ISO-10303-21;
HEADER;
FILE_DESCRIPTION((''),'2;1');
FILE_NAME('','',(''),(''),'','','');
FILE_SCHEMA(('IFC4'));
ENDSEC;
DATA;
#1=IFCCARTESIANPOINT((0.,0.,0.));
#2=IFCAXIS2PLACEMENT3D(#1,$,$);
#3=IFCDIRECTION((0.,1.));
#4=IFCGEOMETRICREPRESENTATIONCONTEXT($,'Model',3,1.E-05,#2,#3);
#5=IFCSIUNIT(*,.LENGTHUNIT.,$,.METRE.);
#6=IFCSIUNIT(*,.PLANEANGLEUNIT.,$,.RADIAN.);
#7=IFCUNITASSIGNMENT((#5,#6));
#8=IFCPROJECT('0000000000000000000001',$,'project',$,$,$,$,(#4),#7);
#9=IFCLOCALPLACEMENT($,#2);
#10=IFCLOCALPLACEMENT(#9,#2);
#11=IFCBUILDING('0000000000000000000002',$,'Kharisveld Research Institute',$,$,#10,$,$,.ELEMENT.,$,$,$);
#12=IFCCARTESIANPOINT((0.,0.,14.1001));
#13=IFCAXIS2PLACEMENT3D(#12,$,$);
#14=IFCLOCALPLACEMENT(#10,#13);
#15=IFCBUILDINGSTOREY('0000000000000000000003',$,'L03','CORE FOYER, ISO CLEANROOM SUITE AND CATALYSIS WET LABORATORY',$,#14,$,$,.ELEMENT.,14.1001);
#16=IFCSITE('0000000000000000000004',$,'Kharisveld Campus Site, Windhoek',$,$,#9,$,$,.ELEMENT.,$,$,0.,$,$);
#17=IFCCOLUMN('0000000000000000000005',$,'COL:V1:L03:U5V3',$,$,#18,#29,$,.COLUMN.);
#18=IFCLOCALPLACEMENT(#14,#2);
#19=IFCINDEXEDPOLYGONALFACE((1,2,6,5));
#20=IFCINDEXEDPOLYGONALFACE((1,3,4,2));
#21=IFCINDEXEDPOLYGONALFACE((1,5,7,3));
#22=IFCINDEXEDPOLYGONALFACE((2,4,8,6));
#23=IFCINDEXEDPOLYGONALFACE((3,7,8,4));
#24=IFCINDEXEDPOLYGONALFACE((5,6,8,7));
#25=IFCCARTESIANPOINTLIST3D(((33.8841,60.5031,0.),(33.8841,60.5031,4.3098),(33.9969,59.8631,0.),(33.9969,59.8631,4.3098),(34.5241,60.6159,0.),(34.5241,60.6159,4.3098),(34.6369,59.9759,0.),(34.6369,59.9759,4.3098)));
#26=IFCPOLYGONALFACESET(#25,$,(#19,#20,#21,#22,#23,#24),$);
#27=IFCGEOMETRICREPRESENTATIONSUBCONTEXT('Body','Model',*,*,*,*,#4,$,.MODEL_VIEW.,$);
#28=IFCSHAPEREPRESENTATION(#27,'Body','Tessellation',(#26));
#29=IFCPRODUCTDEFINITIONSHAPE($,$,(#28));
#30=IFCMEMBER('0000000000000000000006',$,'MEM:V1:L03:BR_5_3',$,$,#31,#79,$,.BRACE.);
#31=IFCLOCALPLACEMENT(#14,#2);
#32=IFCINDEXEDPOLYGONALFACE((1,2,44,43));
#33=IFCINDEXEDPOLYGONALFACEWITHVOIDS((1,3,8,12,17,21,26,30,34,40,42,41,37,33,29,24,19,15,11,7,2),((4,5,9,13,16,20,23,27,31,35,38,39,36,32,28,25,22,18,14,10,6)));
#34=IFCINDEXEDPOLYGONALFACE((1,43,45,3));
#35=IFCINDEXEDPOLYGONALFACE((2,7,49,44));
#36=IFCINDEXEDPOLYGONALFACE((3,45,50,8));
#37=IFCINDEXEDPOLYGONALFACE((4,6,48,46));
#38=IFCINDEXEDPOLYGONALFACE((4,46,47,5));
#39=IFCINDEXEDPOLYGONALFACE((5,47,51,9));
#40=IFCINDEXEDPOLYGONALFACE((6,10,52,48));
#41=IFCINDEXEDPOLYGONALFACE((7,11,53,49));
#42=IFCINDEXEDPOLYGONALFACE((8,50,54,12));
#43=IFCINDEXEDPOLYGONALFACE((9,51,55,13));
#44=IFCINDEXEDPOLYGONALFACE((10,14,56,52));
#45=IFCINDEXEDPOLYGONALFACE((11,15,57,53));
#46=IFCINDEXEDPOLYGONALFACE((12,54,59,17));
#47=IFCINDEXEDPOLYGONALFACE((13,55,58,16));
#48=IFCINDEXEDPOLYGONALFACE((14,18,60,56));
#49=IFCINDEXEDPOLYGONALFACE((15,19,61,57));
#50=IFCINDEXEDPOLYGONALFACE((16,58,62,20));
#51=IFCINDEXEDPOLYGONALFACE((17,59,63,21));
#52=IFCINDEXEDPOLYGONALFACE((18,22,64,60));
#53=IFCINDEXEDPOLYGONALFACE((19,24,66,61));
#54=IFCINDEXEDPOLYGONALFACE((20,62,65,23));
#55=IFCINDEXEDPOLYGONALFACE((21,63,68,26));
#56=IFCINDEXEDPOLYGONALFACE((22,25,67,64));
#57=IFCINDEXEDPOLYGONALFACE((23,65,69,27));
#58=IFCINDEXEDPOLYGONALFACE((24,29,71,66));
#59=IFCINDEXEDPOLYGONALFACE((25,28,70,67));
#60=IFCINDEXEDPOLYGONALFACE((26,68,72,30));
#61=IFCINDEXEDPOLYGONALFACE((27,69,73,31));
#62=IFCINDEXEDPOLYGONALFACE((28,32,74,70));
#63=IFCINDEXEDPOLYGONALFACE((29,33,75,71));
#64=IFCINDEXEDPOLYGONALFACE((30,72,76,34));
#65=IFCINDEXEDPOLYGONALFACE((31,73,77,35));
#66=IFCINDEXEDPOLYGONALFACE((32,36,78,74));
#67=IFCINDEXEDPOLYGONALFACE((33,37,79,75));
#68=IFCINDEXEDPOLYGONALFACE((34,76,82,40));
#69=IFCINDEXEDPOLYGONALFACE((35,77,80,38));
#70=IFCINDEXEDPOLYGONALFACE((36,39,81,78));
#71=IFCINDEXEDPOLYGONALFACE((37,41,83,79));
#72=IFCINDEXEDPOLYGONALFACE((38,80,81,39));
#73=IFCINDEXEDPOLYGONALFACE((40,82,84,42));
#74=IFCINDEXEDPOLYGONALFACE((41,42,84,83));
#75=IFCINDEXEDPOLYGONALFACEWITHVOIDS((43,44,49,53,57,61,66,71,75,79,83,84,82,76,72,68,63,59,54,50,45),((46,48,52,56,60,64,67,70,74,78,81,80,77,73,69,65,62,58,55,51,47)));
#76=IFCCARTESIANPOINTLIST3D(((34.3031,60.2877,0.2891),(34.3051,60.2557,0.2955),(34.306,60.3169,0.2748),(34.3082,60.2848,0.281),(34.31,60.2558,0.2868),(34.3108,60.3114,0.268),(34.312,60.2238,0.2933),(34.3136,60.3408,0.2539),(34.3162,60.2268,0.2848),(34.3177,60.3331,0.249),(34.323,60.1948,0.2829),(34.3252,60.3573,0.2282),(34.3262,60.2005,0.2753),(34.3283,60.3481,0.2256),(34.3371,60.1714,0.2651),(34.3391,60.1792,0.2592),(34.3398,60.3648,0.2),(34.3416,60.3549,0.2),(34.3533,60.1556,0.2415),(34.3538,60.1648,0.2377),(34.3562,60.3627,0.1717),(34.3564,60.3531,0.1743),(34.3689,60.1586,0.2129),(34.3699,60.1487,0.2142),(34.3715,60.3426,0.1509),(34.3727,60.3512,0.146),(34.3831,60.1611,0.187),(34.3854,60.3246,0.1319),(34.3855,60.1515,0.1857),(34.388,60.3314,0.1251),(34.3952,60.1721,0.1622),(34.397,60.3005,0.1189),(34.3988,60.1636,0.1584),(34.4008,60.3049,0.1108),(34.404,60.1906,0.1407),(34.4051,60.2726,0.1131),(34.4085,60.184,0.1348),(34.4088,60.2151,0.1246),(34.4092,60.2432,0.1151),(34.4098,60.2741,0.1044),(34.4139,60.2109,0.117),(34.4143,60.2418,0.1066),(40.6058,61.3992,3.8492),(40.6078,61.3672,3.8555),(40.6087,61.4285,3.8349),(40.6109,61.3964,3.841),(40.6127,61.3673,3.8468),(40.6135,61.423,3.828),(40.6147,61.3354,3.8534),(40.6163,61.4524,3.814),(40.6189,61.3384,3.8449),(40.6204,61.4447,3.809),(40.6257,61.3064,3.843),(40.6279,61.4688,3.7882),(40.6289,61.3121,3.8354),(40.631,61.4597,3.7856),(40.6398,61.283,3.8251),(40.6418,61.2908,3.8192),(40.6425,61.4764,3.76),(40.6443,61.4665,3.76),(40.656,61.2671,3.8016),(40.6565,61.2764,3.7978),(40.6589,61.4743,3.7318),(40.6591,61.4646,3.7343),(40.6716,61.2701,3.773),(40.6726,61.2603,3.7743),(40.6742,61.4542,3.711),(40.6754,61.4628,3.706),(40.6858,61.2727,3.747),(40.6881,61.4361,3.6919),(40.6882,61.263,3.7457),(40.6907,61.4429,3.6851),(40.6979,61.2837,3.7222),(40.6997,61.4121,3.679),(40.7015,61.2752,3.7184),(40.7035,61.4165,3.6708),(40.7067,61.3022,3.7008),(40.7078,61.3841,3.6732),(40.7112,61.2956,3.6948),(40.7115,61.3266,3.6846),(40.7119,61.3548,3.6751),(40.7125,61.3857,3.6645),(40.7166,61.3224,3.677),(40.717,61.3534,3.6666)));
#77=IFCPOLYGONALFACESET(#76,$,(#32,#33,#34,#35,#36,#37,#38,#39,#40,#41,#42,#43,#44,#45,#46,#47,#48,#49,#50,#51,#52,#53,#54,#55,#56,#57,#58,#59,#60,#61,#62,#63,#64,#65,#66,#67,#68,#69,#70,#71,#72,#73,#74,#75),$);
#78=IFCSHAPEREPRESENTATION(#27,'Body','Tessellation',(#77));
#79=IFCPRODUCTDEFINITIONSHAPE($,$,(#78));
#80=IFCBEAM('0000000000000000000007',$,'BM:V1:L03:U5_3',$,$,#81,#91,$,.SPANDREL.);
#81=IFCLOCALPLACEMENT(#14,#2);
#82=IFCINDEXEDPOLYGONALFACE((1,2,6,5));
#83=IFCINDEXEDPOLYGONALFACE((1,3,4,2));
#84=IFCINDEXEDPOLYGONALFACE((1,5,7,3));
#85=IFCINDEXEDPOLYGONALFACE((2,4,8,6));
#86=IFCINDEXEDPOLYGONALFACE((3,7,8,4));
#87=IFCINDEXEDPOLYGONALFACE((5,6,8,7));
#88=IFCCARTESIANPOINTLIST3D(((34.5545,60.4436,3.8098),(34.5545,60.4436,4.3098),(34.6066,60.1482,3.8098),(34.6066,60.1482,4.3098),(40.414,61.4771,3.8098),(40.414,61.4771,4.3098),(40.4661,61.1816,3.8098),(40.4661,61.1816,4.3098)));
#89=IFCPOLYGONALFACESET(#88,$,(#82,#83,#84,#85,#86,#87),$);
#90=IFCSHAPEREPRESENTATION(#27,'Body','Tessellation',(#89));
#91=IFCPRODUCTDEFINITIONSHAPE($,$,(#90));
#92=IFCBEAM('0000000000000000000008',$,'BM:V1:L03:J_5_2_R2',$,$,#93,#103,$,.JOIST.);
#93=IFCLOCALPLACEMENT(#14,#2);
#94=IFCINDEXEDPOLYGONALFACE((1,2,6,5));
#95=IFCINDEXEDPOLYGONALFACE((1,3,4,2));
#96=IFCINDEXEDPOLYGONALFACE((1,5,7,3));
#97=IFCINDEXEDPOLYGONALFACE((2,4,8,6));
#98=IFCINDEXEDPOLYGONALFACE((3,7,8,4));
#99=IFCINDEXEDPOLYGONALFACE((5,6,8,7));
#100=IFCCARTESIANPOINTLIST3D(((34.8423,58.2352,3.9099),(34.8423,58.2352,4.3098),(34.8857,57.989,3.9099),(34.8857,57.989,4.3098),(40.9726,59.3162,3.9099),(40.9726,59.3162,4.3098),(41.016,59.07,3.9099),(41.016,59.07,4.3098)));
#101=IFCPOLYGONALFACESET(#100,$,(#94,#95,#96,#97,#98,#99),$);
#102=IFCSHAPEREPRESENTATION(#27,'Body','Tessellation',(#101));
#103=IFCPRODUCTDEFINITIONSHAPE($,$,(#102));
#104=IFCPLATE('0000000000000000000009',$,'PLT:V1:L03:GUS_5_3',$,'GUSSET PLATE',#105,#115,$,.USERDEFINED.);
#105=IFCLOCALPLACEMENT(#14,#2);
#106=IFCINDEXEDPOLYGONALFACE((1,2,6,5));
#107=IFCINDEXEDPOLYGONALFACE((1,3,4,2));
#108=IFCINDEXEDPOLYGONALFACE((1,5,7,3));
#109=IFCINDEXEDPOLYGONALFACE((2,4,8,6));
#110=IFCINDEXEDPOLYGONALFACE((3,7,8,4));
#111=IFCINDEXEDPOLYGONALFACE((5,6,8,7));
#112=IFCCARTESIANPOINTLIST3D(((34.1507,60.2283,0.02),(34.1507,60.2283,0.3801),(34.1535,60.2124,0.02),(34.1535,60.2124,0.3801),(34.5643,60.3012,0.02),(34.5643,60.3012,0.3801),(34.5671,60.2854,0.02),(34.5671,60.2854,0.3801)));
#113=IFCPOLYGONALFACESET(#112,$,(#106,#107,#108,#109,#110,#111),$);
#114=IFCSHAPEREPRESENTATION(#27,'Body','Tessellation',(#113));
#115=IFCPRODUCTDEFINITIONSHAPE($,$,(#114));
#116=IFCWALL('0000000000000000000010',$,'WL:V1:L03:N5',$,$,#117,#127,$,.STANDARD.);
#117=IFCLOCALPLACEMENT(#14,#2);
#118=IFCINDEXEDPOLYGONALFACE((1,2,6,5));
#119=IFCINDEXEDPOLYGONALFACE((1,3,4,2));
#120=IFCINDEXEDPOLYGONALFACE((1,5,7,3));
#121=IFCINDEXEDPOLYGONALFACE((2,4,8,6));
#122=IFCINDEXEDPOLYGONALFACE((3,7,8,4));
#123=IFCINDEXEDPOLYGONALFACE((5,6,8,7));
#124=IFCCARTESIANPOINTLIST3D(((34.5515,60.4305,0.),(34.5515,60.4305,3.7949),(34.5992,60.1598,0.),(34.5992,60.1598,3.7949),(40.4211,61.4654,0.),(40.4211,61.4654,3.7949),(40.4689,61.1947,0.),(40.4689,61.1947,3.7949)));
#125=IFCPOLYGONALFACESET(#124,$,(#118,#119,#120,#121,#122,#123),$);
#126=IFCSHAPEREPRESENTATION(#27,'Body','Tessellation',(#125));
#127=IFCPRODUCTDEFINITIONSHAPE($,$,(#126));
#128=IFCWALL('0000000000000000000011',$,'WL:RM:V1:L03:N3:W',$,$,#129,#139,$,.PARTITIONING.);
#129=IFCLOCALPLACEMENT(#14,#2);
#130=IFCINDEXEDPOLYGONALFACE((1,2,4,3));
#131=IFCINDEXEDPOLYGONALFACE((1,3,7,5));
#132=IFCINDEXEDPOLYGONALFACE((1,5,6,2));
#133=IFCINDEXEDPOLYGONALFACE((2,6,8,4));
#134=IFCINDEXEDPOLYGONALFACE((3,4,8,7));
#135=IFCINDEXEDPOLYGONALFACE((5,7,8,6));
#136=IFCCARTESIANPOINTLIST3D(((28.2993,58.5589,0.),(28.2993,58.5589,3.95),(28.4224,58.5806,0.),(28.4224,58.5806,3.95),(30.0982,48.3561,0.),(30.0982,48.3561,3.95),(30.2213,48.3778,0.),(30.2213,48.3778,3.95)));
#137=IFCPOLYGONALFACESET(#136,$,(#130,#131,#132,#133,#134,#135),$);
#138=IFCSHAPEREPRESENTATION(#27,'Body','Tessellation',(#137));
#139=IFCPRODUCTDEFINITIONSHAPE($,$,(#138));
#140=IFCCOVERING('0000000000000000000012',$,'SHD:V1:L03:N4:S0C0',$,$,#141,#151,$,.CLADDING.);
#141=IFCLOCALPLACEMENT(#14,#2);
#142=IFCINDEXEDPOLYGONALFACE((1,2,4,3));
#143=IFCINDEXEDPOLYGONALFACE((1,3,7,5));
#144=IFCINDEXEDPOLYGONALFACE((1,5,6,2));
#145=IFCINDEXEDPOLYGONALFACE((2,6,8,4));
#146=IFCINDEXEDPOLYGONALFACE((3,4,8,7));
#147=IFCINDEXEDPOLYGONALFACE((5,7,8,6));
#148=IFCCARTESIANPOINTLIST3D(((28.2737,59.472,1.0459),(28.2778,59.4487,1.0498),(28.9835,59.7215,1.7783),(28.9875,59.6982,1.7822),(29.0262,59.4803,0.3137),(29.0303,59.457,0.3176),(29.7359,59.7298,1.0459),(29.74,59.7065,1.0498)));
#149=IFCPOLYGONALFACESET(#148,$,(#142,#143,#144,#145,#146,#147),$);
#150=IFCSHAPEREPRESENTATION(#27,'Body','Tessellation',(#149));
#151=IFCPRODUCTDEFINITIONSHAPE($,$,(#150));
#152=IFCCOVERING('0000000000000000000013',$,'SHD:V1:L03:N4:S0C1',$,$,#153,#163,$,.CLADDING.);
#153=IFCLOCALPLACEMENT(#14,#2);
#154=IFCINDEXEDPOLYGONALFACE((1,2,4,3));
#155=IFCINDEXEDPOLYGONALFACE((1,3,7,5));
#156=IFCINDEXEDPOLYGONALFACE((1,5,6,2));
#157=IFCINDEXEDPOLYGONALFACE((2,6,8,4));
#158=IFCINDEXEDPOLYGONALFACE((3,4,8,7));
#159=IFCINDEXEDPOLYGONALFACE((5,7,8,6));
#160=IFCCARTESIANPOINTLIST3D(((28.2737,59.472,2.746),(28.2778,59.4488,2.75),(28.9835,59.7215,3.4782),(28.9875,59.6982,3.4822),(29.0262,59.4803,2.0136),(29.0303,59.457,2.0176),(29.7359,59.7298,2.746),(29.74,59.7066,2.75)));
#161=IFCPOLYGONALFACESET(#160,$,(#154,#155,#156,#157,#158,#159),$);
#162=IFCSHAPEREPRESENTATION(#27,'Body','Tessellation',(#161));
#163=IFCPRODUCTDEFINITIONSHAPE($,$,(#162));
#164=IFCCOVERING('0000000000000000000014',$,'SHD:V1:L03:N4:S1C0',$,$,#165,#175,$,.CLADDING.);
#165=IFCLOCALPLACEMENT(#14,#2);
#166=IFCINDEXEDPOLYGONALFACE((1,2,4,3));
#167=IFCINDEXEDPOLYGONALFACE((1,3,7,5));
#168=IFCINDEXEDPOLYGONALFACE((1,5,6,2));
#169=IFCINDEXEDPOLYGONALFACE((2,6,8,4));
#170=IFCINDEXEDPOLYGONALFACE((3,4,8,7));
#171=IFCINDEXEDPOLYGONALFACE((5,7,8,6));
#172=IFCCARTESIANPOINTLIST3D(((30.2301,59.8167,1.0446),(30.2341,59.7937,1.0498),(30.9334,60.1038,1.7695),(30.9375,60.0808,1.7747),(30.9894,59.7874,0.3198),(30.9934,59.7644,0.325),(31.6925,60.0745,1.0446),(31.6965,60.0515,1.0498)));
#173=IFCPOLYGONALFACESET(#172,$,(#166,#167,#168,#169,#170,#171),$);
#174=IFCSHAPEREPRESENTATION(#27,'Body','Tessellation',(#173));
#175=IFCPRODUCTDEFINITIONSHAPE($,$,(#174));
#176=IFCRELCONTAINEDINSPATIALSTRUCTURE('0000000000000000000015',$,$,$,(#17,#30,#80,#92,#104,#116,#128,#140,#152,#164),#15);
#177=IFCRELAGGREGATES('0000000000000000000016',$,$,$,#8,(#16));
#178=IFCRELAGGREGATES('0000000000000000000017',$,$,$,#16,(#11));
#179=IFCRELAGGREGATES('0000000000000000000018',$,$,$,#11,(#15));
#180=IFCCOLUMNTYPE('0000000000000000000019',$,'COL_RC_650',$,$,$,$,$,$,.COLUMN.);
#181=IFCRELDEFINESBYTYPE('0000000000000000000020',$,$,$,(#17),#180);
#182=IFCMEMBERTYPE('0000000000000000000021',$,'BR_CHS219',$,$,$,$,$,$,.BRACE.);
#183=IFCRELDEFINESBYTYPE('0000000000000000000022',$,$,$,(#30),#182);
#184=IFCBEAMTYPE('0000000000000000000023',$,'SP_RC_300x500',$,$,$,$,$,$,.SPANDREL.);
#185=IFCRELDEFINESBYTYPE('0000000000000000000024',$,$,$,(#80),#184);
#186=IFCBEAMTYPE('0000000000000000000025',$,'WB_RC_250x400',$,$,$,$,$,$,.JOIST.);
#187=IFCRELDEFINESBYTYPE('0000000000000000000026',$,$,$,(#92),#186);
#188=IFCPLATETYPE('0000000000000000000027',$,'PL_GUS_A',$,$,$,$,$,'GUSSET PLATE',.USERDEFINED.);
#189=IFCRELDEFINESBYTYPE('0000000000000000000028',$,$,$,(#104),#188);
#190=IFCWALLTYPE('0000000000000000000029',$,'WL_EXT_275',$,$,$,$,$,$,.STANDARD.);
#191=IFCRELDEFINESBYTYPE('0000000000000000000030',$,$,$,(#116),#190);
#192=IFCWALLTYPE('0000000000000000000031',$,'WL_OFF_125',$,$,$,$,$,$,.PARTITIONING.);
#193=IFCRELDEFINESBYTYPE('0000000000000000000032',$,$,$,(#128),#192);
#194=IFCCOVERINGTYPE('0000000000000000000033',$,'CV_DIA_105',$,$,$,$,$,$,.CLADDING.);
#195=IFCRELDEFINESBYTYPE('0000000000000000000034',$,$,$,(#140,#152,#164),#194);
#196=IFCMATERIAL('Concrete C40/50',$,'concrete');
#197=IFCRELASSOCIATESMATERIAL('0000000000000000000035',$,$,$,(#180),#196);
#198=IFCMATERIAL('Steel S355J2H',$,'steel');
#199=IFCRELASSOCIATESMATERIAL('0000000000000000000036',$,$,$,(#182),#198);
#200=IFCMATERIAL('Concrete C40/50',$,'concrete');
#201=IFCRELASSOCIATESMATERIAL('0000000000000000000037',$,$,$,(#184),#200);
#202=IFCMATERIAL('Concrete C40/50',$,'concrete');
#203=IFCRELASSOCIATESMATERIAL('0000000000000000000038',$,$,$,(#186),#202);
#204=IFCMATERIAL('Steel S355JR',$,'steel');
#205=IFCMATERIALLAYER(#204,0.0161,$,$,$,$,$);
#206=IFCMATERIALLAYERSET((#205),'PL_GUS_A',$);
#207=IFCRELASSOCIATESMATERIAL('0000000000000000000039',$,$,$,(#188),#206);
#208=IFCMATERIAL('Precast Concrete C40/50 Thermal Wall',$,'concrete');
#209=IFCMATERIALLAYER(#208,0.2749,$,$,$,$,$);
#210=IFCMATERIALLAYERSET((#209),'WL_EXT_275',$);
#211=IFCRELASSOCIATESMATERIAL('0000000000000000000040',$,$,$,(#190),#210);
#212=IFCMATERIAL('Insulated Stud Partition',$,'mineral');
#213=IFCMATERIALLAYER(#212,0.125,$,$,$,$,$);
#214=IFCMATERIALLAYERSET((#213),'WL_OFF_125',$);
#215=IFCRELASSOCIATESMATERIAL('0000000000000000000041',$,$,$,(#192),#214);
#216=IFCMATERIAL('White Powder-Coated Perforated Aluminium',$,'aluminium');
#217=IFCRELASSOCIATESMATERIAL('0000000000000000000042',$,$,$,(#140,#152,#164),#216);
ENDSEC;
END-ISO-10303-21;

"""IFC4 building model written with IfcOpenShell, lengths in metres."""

from ifc_helpers import new_model, si_unit, direction, frame, frame_2d, origin, origin_2d, place, context, subcontext, project, spatial, polyline, rectangle, hollow_circle, outline, extrude, material, layer, layer_set, material_profile, profile_set, type_object, element, save


model = new_model("IFC4")

# Units and contexts
model_context = context("Model", 3, precision=1e-05, world=origin(), true_north=direction((0.0, 1.0)))
body_context = subcontext(model_context, "Body", "Model", "MODEL_VIEW")
ifc_project = project(units=[si_unit("LENGTHUNIT", "METRE"), si_unit("PLANEANGLEUNIT", "RADIAN")], contexts=[model_context])

# Site, building, storey
site_placement = place(None, origin())
site = spatial("IfcSite", under=ifc_project, at=site_placement, Name="Kharisveld Campus Site, Windhoek", CompositionType="ELEMENT", RefElevation=0.0)
building_placement = place(site_placement, origin())
building = spatial("IfcBuilding", under=site, at=building_placement, Name="Kharisveld Research Institute", CompositionType="ELEMENT")
storey_placement = place(building_placement, frame((0.0, 0.0, 14.1001)))
storey = spatial("IfcBuildingStorey", under=building, at=storey_placement, Name="L03", Description="CORE FOYER, ISO CLEANROOM SUITE AND CATALYSIS WET LABORATORY", CompositionType="ELEMENT", Elevation=14.1001)

# Column
ifc_material_1 = material(Name="Concrete C40/50", Category="concrete")
ifc_material_profile_1 = material_profile(ifc_material_1, rectangle(XDim=0.6499, YDim=0.6499, at=origin_2d()))
ifc_profile_set_1 = profile_set([ifc_material_profile_1], Name="Concrete C40/50")
column_type = type_object("IfcColumnType", Name="COL_RC_650", PredefinedType="COLUMN", material=ifc_profile_set_1)
column_placement = place(storey_placement, frame((34.2605, 60.2395, 0.0), z_axis=(0.0, 0.0, 1.0), x_axis=(0.984808, 0.173648, 0.0)))
element("IfcColumn", 1, at=column_placement, inside=storey, type_object=column_type, Name="COL:V1:L03:U5V3", PredefinedType="COLUMN", context=body_context, shape_type="SweptSolid", body=[
    extrude(rectangle(XDim=0.6499, YDim=0.6499, at=origin_2d()), origin(), (0.0, 0.0, 1.0), 4.3098),
])

# Member
ifc_material_2 = material(Name="Steel S355J2H", Category="steel")
ifc_material_profile_2 = material_profile(ifc_material_2, hollow_circle(Radius=0.1096, WallThickness=0.01, at=origin_2d()))
ifc_profile_set_2 = profile_set([ifc_material_profile_2], Name="Steel S355J2H")
member_type = type_object("IfcMemberType", Name="BR_CHS219", PredefinedType="BRACE", material=ifc_profile_set_2)
member_placement = place(storey_placement, frame((34.3589, 60.2568, 0.2), z_axis=(0.860614, 0.151781, 0.486112), x_axis=(-0.173683, 0.984802, 0.0)))
element("IfcMember", 2, at=member_placement, inside=storey, type_object=member_type, Name="MEM:V1:L03:BR_5_3", PredefinedType="BRACE", context=body_context, shape_type="SweptSolid", body=[
    extrude(hollow_circle(Radius=0.1096, WallThickness=0.01, at=origin_2d()), origin(), (0.0, 0.0, 1.0), 7.3235),
])

# Beams
ifc_material_3 = material(Name="Concrete C40/50", Category="concrete")
ifc_material_profile_3 = material_profile(ifc_material_3, rectangle(XDim=0.3, YDim=0.5, at=origin_2d()))
ifc_profile_set_3 = profile_set([ifc_material_profile_3], Name="Concrete C40/50")
beam_type_1 = type_object("IfcBeamType", Name="SP_RC_300x500", PredefinedType="SPANDREL", material=ifc_profile_set_3)
beam_1_placement = place(storey_placement, frame((34.5806, 60.2959, 4.0598), z_axis=(0.984801, 0.173687, 0.0), x_axis=(-0.173687, 0.984801, 0.0)))
element("IfcBeam", 3, at=beam_1_placement, inside=storey, type_object=beam_type_1, Name="BM:V1:L03:U5_3", PredefinedType="SPANDREL", context=body_context, shape_type="SweptSolid", body=[
    extrude(rectangle(XDim=0.3, YDim=0.5, at=origin_2d()), origin(), (0.0, 0.0, 1.0), 5.95),
])
ifc_material_4 = material(Name="Concrete C40/50", Category="concrete")
ifc_material_profile_4 = material_profile(ifc_material_4, rectangle(XDim=0.25, YDim=0.3999, at=origin_2d()))
ifc_profile_set_4 = profile_set([ifc_material_profile_4], Name="Concrete C40/50")
beam_type_2 = type_object("IfcBeamType", Name="WB_RC_250x400", PredefinedType="JOIST", material=ifc_profile_set_4)
beam_2_placement = place(storey_placement, frame((34.864, 58.1121, 4.1099), z_axis=(0.984805, 0.173665, 0.0), x_axis=(-0.173665, 0.984805, 0.0)))
element("IfcBeam", 4, at=beam_2_placement, inside=storey, type_object=beam_type_2, Name="BM:V1:L03:J_5_2_R2", PredefinedType="JOIST", context=body_context, shape_type="SweptSolid", body=[
    extrude(rectangle(XDim=0.25, YDim=0.3999, at=origin_2d()), origin(), (0.0, 0.0, 1.0), 6.2249),
])

# Plate
ifc_material_5 = material(Name="Steel S355JR", Category="steel")
ifc_layer_1 = layer(ifc_material_5, 0.0161)
ifc_layer_set_1 = layer_set([ifc_layer_1], Name="PL_GUS_A")
plate_type = type_object("IfcPlateType", Name="PL_GUS_A", ElementType="GUSSET PLATE", PredefinedType="USERDEFINED", material=ifc_layer_set_1)
plate_placement = place(storey_placement, frame((34.3589, 60.2568, 0.02), z_axis=(0.0, 0.0, 1.0), x_axis=(0.984808, 0.173648, 0.0)))
element("IfcPlate", 5, at=plate_placement, inside=storey, type_object=plate_type, Name="PLT:V1:L03:GUS_5_3", ObjectType="GUSSET PLATE", PredefinedType="USERDEFINED", context=body_context, shape_type="SweptSolid", body=[
    extrude(rectangle(XDim=0.4199, YDim=0.0161, at=origin_2d()), origin(), (0.0, 0.0, 1.0), 0.3601),
])

# Walls
ifc_material_6 = material(Name="Precast Concrete C40/50 Thermal Wall", Category="concrete")
ifc_layer_2 = layer(ifc_material_6, 0.2749)
ifc_layer_set_2 = layer_set([ifc_layer_2], Name="WL_EXT_275")
wall_type_1 = type_object("IfcWallType", Name="WL_EXT_275", PredefinedType="STANDARD", material=ifc_layer_set_2)
wall_1_placement = place(storey_placement, frame((34.5754, 60.2952, 0.0), z_axis=(0.0, 0.0, 1.0), x_axis=(0.98481, 0.173638, 0.0)))
element("IfcWall", 6, at=wall_1_placement, inside=storey, type_object=wall_type_1, Name="WL:V1:L03:N5", PredefinedType="STANDARD", context=body_context, shape_type="SweptSolid", body=[
    extrude(rectangle(XDim=5.9602, YDim=0.2749, at=frame_2d((2.98, 0.0))), origin(), (0.0, 0.0, 1.0), 3.7949),
])
ifc_material_7 = material(Name="Insulated Stud Partition", Category="mineral")
ifc_layer_3 = layer(ifc_material_7, 0.125)
ifc_layer_set_3 = layer_set([ifc_layer_3], Name="WL_OFF_125")
wall_type_2 = type_object("IfcWallType", Name="WL_OFF_125", PredefinedType="PARTITIONING", material=ifc_layer_set_3)
wall_2_placement = place(storey_placement, frame((28.3608, 58.5698, 0.0), z_axis=(0.0, 0.0, 1.0), x_axis=(0.173632, -0.984811, 0.0)))
element("IfcWall", 7, at=wall_2_placement, inside=storey, type_object=wall_type_2, Name="WL:RM:V1:L03:N3:W", PredefinedType="PARTITIONING", context=body_context, shape_type="SweptSolid", body=[
    extrude(rectangle(XDim=10.3601, YDim=0.125, at=frame_2d((5.1802, 0.0))), origin(), (0.0, 0.0, 1.0), 3.95),
])

# Coverings
ifc_material_8 = material(Name="White Powder-Coated Perforated Aluminium", Category="aluminium")
covering_type = type_object("IfcCoveringType", Name="CV_DIA_105", PredefinedType="CLADDING")
covering_1_placement = place(storey_placement, frame((29.0303, 59.457, 0.3176), z_axis=(0.171266, -0.971316, 0.164966), x_axis=(0.676066, 0.237661, 0.697461)))
element("IfcCovering", 8, at=covering_1_placement, inside=storey, type_object=covering_type, material=ifc_material_8, Name="SHD:V1:L03:N4:S0C0", PredefinedType="CLADDING", context=body_context, shape_type="SweptSolid", body=[
    extrude(outline(polyline([(0.0, 0.0), (1.0498, 0.0), (1.0499, 1.0501), (0.0, 1.0499), (0.0, 0.0)])), origin(), (0.0, 0.0, -1.0), 0.0239),
])
covering_2_placement = place(storey_placement, frame((29.0303, 59.457, 2.0176), z_axis=(0.171266, -0.971316, 0.164966), x_axis=(0.675949, 0.23766, 0.697574)))
element("IfcCovering", 9, at=covering_2_placement, inside=storey, type_object=covering_type, material=ifc_material_8, Name="SHD:V1:L03:N4:S0C1", PredefinedType="CLADDING", context=body_context, shape_type="SweptSolid", body=[
    extrude(outline(polyline([(0.0, 0.0), (1.05, 0.0), (1.0501, 1.0499), (0.0003, 1.0501), (0.0, 0.0)])), origin(), (0.0, 0.0, -1.0), 0.0239),
])
for number, where, z_axis, x_axis, name in (
    (10, (30.9934, 59.7644, 0.325), (0.169503, -0.961481, 0.216385), (0.669728, 0.273452, 0.690426), "SHD:V1:L03:N4:S1C0"),
):
    element("IfcCovering", number, at=place(storey_placement, frame(where, z_axis=z_axis, x_axis=x_axis)), inside=storey, type_object=covering_type, material=ifc_material_8, Name=name, PredefinedType="CLADDING", context=body_context, shape_type="SweptSolid", body=[
        extrude(outline(polyline([(0.0, 0.0), (1.0499, 0.0), (1.05, 1.05), (0.0, 1.0501), (0.0, 0.0)])), origin(), (0.0, 0.0, -1.0), 0.0239),
    ])

save(model, "model.ifc")
